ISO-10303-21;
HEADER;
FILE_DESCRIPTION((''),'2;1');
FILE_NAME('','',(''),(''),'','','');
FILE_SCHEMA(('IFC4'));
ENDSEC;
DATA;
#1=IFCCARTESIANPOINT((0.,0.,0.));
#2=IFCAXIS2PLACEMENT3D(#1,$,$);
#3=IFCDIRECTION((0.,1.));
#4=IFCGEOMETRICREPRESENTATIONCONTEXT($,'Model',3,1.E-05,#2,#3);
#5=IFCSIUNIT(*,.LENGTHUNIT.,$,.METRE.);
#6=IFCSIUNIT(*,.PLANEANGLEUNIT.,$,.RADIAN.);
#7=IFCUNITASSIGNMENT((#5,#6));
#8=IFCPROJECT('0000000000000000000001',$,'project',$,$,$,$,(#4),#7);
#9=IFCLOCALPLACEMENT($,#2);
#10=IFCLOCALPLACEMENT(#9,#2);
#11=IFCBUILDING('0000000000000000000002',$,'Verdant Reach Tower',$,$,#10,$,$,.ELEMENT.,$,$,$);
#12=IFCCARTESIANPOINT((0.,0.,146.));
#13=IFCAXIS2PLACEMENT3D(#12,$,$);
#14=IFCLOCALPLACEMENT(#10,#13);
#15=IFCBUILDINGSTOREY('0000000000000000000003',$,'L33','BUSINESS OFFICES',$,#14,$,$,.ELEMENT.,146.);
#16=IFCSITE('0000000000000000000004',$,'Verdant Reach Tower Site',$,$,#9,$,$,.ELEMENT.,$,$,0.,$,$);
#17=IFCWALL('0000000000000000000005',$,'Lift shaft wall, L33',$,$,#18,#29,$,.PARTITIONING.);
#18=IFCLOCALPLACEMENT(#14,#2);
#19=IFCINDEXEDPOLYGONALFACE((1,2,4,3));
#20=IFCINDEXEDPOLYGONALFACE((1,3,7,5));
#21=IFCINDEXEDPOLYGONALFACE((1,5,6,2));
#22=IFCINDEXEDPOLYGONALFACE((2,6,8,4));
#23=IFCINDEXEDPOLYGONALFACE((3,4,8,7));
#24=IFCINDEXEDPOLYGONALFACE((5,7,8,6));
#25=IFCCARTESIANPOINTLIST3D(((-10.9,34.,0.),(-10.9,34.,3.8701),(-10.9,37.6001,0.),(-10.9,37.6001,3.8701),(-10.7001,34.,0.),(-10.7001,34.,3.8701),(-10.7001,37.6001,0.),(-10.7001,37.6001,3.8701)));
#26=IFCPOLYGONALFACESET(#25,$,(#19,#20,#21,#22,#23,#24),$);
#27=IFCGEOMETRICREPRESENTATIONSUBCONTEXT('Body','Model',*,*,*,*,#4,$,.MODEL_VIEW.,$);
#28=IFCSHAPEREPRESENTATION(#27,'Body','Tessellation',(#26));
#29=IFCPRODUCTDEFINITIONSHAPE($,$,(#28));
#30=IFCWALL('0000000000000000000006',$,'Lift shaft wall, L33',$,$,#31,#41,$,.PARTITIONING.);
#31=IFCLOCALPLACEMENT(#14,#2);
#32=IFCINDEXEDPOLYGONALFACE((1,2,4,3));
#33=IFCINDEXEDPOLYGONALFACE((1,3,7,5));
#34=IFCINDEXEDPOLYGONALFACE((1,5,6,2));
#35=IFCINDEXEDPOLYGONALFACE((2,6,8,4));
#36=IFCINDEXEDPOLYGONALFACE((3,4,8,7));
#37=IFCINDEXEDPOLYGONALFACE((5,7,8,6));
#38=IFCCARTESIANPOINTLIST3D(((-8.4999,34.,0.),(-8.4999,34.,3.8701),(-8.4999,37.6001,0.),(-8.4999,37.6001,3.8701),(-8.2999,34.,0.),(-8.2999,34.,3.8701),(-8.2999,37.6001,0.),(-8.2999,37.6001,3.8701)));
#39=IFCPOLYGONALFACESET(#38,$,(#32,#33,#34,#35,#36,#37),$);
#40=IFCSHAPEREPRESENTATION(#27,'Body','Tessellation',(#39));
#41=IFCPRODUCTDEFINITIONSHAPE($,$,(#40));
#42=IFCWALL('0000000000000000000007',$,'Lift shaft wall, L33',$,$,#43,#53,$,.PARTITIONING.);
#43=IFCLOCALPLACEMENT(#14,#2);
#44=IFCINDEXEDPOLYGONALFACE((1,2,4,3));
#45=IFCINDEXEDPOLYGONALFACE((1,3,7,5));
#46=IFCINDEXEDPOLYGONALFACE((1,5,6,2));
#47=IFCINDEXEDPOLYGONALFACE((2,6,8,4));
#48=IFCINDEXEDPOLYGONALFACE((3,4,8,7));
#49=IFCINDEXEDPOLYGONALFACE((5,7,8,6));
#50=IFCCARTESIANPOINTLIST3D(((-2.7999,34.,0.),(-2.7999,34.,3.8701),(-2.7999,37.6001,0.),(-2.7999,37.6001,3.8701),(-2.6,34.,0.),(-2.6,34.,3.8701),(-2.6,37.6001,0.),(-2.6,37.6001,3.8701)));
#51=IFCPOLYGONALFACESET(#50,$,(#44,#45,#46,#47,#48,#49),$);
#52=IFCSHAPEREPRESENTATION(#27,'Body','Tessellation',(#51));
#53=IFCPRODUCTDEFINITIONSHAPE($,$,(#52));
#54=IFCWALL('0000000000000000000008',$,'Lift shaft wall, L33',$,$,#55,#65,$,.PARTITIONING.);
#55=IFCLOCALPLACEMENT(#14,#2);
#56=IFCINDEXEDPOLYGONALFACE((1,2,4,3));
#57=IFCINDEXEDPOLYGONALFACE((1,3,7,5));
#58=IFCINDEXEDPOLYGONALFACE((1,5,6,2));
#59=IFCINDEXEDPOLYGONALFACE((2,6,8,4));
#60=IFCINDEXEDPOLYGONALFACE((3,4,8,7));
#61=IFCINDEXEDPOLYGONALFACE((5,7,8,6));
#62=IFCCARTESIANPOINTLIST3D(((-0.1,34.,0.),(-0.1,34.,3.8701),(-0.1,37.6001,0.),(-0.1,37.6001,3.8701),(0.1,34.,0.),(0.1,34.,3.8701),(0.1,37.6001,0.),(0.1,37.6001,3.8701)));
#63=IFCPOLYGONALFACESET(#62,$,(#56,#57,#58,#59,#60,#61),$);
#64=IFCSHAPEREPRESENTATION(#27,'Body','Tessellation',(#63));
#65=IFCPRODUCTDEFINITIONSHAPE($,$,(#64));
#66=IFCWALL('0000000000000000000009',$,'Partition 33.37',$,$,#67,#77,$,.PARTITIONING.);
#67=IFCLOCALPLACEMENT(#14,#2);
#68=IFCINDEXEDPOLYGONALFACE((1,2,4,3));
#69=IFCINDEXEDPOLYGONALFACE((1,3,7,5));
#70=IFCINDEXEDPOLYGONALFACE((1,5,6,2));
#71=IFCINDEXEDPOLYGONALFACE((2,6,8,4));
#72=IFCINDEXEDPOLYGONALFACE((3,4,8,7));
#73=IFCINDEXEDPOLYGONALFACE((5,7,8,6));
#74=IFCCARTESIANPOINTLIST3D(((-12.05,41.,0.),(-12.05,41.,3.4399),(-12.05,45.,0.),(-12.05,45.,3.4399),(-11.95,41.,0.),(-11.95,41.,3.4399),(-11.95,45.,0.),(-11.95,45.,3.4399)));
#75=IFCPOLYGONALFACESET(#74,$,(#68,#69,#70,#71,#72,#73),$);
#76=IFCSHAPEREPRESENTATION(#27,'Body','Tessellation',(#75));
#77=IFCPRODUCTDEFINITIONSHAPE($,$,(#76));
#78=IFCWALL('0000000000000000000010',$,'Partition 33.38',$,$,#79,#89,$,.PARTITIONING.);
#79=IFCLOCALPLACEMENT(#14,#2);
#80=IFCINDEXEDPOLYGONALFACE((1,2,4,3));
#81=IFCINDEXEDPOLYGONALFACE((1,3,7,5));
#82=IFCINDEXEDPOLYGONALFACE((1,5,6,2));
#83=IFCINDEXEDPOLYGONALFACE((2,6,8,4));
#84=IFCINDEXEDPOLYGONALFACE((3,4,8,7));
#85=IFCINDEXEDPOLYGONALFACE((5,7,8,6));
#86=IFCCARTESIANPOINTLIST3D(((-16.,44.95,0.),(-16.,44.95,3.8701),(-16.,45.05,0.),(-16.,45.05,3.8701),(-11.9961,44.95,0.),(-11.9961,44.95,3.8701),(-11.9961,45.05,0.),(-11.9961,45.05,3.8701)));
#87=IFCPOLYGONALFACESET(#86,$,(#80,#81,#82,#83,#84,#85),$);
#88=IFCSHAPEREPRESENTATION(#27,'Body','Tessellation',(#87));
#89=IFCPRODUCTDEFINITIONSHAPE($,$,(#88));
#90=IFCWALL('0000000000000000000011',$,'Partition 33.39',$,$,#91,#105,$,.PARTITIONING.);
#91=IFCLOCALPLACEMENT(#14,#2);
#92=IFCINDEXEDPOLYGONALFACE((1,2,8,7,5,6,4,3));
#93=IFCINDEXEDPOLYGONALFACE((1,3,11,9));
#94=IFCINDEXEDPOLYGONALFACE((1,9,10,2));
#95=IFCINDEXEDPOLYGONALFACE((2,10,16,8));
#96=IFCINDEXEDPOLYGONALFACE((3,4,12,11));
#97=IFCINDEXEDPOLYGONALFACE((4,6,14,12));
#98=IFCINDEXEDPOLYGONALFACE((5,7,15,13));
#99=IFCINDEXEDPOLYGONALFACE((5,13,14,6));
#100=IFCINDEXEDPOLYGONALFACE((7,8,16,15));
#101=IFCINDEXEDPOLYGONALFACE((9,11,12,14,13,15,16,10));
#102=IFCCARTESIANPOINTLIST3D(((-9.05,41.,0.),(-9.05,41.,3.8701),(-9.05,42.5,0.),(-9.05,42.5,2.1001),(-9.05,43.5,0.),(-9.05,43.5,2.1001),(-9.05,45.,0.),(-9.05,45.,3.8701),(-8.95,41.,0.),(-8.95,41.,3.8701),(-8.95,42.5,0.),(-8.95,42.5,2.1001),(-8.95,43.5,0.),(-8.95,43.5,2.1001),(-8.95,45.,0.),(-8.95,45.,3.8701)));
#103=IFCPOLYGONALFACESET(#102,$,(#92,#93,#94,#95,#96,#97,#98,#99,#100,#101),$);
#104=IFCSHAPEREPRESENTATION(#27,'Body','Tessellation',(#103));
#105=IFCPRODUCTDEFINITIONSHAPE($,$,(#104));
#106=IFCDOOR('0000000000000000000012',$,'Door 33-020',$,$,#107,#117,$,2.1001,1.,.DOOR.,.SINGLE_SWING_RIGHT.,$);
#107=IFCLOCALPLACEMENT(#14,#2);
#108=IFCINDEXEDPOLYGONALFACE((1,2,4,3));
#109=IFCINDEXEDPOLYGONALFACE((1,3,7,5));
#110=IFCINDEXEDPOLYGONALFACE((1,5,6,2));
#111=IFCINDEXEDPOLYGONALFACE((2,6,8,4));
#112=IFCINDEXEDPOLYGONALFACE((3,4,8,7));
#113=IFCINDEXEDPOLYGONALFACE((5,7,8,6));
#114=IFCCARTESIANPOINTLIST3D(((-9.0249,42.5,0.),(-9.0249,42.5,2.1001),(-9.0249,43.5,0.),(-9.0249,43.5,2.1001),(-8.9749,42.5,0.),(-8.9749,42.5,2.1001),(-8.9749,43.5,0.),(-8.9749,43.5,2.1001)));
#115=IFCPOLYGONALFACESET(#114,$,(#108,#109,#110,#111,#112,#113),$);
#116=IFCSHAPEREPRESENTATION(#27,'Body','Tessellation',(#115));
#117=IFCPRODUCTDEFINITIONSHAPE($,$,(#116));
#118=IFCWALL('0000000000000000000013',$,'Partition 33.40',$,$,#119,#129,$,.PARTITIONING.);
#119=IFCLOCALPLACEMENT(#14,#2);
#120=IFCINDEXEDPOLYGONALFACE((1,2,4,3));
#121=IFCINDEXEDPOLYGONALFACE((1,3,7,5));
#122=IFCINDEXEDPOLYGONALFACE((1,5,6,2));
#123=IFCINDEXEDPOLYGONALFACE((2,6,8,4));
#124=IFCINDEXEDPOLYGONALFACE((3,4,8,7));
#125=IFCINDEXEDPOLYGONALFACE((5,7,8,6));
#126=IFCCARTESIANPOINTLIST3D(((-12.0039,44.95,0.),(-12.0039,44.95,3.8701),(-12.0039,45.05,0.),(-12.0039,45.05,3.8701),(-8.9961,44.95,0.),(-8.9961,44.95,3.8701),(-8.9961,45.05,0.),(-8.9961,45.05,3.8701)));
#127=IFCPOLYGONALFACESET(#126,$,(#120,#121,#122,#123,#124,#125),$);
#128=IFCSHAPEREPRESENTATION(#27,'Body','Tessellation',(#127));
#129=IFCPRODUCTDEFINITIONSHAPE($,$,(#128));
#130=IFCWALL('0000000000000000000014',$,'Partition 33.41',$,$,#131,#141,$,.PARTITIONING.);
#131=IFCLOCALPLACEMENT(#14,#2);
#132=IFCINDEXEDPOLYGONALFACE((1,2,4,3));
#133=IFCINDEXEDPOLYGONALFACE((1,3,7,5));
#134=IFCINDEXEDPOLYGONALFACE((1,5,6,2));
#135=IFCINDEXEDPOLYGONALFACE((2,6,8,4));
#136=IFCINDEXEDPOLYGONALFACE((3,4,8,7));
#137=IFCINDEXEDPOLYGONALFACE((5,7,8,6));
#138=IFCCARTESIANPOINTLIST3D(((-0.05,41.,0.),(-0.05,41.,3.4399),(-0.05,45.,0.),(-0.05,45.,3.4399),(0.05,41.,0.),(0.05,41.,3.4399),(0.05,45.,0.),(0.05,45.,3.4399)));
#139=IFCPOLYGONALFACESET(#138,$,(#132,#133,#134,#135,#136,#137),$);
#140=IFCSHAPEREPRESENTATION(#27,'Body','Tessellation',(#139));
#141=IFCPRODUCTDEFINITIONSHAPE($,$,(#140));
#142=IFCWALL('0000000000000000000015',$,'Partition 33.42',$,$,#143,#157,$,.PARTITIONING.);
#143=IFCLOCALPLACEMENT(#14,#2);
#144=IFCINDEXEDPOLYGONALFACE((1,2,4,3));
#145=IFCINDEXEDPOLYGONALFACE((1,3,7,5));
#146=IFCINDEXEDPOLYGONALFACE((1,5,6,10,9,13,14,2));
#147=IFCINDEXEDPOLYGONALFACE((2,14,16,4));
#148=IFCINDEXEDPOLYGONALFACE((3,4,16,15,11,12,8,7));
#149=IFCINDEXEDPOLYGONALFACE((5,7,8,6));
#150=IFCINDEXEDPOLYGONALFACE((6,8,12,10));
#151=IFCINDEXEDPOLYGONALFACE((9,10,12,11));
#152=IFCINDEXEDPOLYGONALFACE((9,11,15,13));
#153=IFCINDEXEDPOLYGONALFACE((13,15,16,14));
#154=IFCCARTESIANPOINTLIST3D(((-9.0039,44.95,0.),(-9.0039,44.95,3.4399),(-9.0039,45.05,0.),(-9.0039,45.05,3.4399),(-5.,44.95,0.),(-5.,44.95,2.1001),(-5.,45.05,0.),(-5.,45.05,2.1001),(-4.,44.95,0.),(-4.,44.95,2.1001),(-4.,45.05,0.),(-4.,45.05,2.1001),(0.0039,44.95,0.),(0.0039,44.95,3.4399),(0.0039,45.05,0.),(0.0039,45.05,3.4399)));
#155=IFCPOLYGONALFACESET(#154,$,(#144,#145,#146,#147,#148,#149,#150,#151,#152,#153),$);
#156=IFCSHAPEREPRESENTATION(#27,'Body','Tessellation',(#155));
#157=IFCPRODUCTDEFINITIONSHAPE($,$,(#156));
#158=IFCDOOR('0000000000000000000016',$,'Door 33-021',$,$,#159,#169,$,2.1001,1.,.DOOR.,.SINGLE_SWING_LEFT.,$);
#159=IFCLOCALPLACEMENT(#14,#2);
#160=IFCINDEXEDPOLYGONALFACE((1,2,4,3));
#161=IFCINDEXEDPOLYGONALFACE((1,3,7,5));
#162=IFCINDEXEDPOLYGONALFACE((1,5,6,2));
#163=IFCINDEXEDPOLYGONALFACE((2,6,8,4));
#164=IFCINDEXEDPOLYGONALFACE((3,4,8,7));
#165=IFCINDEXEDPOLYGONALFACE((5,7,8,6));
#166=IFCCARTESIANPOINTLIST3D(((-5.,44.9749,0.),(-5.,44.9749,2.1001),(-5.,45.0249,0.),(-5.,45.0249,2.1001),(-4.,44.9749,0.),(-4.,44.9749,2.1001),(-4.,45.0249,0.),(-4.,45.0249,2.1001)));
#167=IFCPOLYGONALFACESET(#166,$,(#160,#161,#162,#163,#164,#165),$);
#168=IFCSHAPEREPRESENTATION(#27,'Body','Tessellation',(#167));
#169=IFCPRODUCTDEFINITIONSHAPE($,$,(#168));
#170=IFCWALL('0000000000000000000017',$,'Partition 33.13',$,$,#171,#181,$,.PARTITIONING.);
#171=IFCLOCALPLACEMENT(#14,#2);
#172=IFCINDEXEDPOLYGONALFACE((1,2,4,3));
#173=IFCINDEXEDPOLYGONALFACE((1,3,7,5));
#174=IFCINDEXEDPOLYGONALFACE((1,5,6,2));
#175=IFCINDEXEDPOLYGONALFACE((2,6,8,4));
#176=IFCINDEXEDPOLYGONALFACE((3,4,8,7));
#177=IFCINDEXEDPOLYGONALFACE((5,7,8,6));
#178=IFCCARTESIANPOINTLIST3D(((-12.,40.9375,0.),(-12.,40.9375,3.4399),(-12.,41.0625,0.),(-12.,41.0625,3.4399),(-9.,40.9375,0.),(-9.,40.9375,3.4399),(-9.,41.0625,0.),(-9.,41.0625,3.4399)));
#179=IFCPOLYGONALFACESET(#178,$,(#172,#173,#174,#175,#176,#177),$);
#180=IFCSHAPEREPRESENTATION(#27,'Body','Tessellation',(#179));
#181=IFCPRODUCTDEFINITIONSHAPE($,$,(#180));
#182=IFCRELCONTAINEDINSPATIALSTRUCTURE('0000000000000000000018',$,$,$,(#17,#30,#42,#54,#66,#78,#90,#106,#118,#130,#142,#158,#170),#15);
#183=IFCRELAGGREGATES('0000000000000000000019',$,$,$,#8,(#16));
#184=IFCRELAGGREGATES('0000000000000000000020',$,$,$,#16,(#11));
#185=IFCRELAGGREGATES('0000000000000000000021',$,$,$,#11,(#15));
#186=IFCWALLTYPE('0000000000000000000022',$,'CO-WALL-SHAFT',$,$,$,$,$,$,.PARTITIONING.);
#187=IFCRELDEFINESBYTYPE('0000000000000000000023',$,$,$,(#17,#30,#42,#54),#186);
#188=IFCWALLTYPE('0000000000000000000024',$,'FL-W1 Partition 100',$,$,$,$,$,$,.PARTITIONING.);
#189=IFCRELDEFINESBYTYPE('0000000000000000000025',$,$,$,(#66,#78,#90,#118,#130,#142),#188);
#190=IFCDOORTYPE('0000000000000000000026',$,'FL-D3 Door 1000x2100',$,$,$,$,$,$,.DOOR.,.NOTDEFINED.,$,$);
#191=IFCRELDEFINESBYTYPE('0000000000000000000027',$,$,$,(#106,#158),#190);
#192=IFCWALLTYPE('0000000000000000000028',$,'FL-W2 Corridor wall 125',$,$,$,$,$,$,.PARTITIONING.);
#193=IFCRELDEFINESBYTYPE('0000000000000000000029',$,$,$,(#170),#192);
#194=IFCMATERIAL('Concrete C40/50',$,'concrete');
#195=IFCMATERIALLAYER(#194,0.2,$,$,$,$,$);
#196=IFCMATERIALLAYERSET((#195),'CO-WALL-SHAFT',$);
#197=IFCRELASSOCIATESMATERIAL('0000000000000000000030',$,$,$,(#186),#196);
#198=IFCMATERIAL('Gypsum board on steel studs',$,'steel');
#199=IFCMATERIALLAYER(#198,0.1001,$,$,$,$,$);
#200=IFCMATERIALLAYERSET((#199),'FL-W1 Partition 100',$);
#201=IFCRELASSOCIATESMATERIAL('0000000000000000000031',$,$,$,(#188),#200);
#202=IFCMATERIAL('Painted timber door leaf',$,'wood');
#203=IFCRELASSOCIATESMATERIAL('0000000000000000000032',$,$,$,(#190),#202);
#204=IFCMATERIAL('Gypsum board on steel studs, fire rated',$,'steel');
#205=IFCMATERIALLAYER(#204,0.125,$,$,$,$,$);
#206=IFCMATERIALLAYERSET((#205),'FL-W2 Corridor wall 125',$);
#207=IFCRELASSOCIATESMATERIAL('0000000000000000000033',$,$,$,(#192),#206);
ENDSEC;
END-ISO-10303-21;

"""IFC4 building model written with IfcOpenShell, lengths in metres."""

from ifc_helpers import new_model, si_unit, direction, frame, frame_2d, origin, place, context, subcontext, project, spatial, rectangle, extrude, material, layer, layer_set, type_object, element, fill, save


model = new_model("IFC4")

# Units and contexts
model_context = context("Model", 3, precision=1e-05, world=origin(), true_north=direction((0.0, 1.0)))
body_context = subcontext(model_context, "Body", "Model", "MODEL_VIEW")
ifc_project = project(units=[si_unit("LENGTHUNIT", "METRE"), si_unit("PLANEANGLEUNIT", "RADIAN")], contexts=[model_context])

# Site, building, storey
site_placement = place(None, origin())
site = spatial("IfcSite", under=ifc_project, at=site_placement, Name="Verdant Reach Tower Site", CompositionType="ELEMENT", RefElevation=0.0)
building_placement = place(site_placement, origin())
building = spatial("IfcBuilding", under=site, at=building_placement, Name="Verdant Reach Tower", CompositionType="ELEMENT")
storey_placement = place(building_placement, frame((0.0, 0.0, 146.0)))
storey = spatial("IfcBuildingStorey", under=building, at=storey_placement, Name="L33", Description="BUSINESS OFFICES", CompositionType="ELEMENT", Elevation=146.0)

# Shared definitions
ifc_material_1 = material(Name="Concrete C40/50", Category="concrete")
ifc_layer_1 = layer(ifc_material_1, 0.2)
ifc_layer_set_1 = layer_set([ifc_layer_1], Name="CO-WALL-SHAFT")
wall_type_1 = type_object("IfcWallType", Name="CO-WALL-SHAFT", PredefinedType="PARTITIONING", material=ifc_layer_set_1)

# Walls
for number, where, z_axis, x_axis, name in (
    (1, (-10.8, 34.0, 0.0), (0.0, 0.0, 1.0), (0.0, 1.0, 0.0), "Lift shaft wall, L33"),
    (2, (-8.3999, 34.0, 0.0), (0.0, 0.0, 1.0), (0.0, 1.0, 0.0), "Lift shaft wall, L33"),
    (3, (-2.7, 34.0, 0.0), (0.0, 0.0, 1.0), (0.0, 1.0, 0.0), "Lift shaft wall, L33"),
    (4, (0.0, 34.0, 0.0), (0.0, 0.0, 1.0), (0.0, 1.0, 0.0), "Lift shaft wall, L33"),
):
    element("IfcWall", number, at=place(storey_placement, frame(where, z_axis=z_axis, x_axis=x_axis)), inside=storey, type_object=wall_type_1, Name=name, PredefinedType="PARTITIONING", context=body_context, shape_type="SweptSolid", body=[
        extrude(rectangle(XDim=3.6001, YDim=0.2, at=frame_2d((1.8, 0.0))), origin(), (0.0, 0.0, 1.0), 3.8701),
    ])
ifc_material_2 = material(Name="Gypsum board on steel studs", Category="steel")
ifc_layer_2 = layer(ifc_material_2, 0.1001)
ifc_layer_set_2 = layer_set([ifc_layer_2], Name="FL-W1 Partition 100")
wall_type_2 = type_object("IfcWallType", Name="FL-W1 Partition 100", PredefinedType="PARTITIONING", material=ifc_layer_set_2)
wall_1_placement = place(storey_placement, frame((-12.0, 41.0, 0.0), z_axis=(0.0, 0.0, 1.0), x_axis=(0.0, 1.0, 0.0)))
element("IfcWall", 5, at=wall_1_placement, inside=storey, type_object=wall_type_2, Name="Partition 33.37", PredefinedType="PARTITIONING", context=body_context, shape_type="SweptSolid", body=[
    extrude(rectangle(XDim=4.0, YDim=0.1001, at=frame_2d((2.0, 0.0))), origin(), (0.0, 0.0, 1.0), 3.4399),
])
wall_2_placement = place(storey_placement, frame((-11.9961, 45.0, 0.0), z_axis=(0.0, 0.0, 1.0), x_axis=(-1.0, 0.0, 0.0)))
element("IfcWall", 6, at=wall_2_placement, inside=storey, type_object=wall_type_2, Name="Partition 33.38", PredefinedType="PARTITIONING", context=body_context, shape_type="SweptSolid", body=[
    extrude(rectangle(XDim=4.0039, YDim=0.1001, at=frame_2d((2.002, 0.0))), origin(), (0.0, 0.0, 1.0), 3.8701),
])

# Wall, opening, door
wall_3_placement = place(storey_placement, frame((-9.0, 41.0, 0.0), z_axis=(0.0, 0.0, 1.0), x_axis=(0.0, 1.0, 0.0)))
wall_3 = element("IfcWall", 7, at=wall_3_placement, inside=storey, type_object=wall_type_2, Name="Partition 33.39", PredefinedType="PARTITIONING", context=body_context, shape_type="SweptSolid", body=[
    extrude(rectangle(XDim=4.0, YDim=0.1001, at=frame_2d((2.0, 0.0))), origin(), (0.0, 0.0, 1.0), 3.8701),
])
opening_1_placement = place(wall_3_placement, frame((1.5, 0.0, 0.0)))
opening_1 = element("IfcOpeningElement", 8, at=opening_1_placement, cuts=wall_3, PredefinedType="OPENING", context=body_context, shape_type="SweptSolid", body=[
    extrude(rectangle(XDim=1.0, YDim=2.1001, at=frame_2d((0.5, 1.05))), frame((0.0, 0.0601, 0.0), z_axis=(0.0, -1.0, 0.0), x_axis=(1.0, 0.0, 0.0)), (0.0, 0.0, 1.0), 0.1201),
])
ifc_material_3 = material(Name="Painted timber door leaf", Category="wood")
door_type_1 = type_object("IfcDoorType", Name="FL-D3 Door 1000x2100", OperationType="NOTDEFINED", PredefinedType="DOOR", material=ifc_material_3)
door_1_placement = place(opening_1_placement, origin())
door_1 = element("IfcDoor", 9, at=door_1_placement, inside=storey, type_object=door_type_1, Name="Door 33-020", OperationType="SINGLE_SWING_RIGHT", OverallHeight=2.1001, OverallWidth=1.0, PredefinedType="DOOR", context=body_context, shape_type="SweptSolid", body=[
    extrude(rectangle(XDim=1.0, YDim=2.1001, at=frame_2d((0.5, 1.05))), frame((0.0, 0.0249, 0.0), z_axis=(0.0, -1.0, 0.0), x_axis=(1.0, 0.0, 0.0)), (0.0, 0.0, 1.0), 0.05),
])
fill(opening_1, door_1)

# Walls
wall_4_placement = place(storey_placement, frame((-8.9961, 45.0, 0.0), z_axis=(0.0, 0.0, 1.0), x_axis=(-1.0, 0.0, 0.0)))
element("IfcWall", 10, at=wall_4_placement, inside=storey, type_object=wall_type_2, Name="Partition 33.40", PredefinedType="PARTITIONING", context=body_context, shape_type="SweptSolid", body=[
    extrude(rectangle(XDim=3.0078, YDim=0.1001, at=frame_2d((1.5039, 0.0))), origin(), (0.0, 0.0, 1.0), 3.8701),
])
wall_5_placement = place(storey_placement, frame((0.0, 41.0, 0.0), z_axis=(0.0, 0.0, 1.0), x_axis=(0.0, 1.0, 0.0)))
element("IfcWall", 11, at=wall_5_placement, inside=storey, type_object=wall_type_2, Name="Partition 33.41", PredefinedType="PARTITIONING", context=body_context, shape_type="SweptSolid", body=[
    extrude(rectangle(XDim=4.0, YDim=0.1001, at=frame_2d((2.0, 0.0))), origin(), (0.0, 0.0, 1.0), 3.4399),
])

# Wall, opening, door
wall_6_placement = place(storey_placement, frame((-9.0039, 45.0, 0.0), z_axis=(0.0, 0.0, 1.0), x_axis=(1.0, 0.0, 0.0)))
wall_6 = element("IfcWall", 12, at=wall_6_placement, inside=storey, type_object=wall_type_2, Name="Partition 33.42", PredefinedType="PARTITIONING", context=body_context, shape_type="SweptSolid", body=[
    extrude(rectangle(XDim=9.0078, YDim=0.1001, at=frame_2d((4.5039, 0.0))), origin(), (0.0, 0.0, 1.0), 3.4399),
])
opening_2_placement = place(wall_6_placement, frame((4.0039, 0.0, 0.0)))
opening_2 = element("IfcOpeningElement", 13, at=opening_2_placement, cuts=wall_6, PredefinedType="OPENING", context=body_context, shape_type="SweptSolid", body=[
    extrude(rectangle(XDim=1.0, YDim=2.1001, at=frame_2d((0.5, 1.05))), frame((0.0, 0.0601, 0.0), z_axis=(0.0, -1.0, 0.0), x_axis=(1.0, 0.0, 0.0)), (0.0, 0.0, 1.0), 0.1201),
])
door_2_placement = place(opening_2_placement, origin())
door_2 = element("IfcDoor", 14, at=door_2_placement, inside=storey, type_object=door_type_1, Name="Door 33-021", OperationType="SINGLE_SWING_LEFT", OverallHeight=2.1001, OverallWidth=1.0, PredefinedType="DOOR", context=body_context, shape_type="SweptSolid", body=[
    extrude(rectangle(XDim=1.0, YDim=2.1001, at=frame_2d((0.5, 1.05))), frame((0.0, 0.0249, 0.0), z_axis=(0.0, -1.0, 0.0), x_axis=(1.0, 0.0, 0.0)), (0.0, 0.0, 1.0), 0.05),
])
fill(opening_2, door_2)

# Wall
ifc_material_4 = material(Name="Gypsum board on steel studs, fire rated", Category="steel")
ifc_layer_3 = layer(ifc_material_4, 0.125)
ifc_layer_set_3 = layer_set([ifc_layer_3], Name="FL-W2 Corridor wall 125")
wall_type_3 = type_object("IfcWallType", Name="FL-W2 Corridor wall 125", PredefinedType="PARTITIONING", material=ifc_layer_set_3)
wall_7_placement = place(storey_placement, frame((-9.0, 41.0, 0.0), z_axis=(0.0, 0.0, 1.0), x_axis=(-1.0, 0.0, 0.0)))
element("IfcWall", 15, at=wall_7_placement, inside=storey, type_object=wall_type_3, Name="Partition 33.13", PredefinedType="PARTITIONING", context=body_context, shape_type="SweptSolid", body=[
    extrude(rectangle(XDim=3.0, YDim=0.125, at=frame_2d((1.5, 0.0))), origin(), (0.0, 0.0, 1.0), 3.4399),
])

save(model, "model.ifc")
